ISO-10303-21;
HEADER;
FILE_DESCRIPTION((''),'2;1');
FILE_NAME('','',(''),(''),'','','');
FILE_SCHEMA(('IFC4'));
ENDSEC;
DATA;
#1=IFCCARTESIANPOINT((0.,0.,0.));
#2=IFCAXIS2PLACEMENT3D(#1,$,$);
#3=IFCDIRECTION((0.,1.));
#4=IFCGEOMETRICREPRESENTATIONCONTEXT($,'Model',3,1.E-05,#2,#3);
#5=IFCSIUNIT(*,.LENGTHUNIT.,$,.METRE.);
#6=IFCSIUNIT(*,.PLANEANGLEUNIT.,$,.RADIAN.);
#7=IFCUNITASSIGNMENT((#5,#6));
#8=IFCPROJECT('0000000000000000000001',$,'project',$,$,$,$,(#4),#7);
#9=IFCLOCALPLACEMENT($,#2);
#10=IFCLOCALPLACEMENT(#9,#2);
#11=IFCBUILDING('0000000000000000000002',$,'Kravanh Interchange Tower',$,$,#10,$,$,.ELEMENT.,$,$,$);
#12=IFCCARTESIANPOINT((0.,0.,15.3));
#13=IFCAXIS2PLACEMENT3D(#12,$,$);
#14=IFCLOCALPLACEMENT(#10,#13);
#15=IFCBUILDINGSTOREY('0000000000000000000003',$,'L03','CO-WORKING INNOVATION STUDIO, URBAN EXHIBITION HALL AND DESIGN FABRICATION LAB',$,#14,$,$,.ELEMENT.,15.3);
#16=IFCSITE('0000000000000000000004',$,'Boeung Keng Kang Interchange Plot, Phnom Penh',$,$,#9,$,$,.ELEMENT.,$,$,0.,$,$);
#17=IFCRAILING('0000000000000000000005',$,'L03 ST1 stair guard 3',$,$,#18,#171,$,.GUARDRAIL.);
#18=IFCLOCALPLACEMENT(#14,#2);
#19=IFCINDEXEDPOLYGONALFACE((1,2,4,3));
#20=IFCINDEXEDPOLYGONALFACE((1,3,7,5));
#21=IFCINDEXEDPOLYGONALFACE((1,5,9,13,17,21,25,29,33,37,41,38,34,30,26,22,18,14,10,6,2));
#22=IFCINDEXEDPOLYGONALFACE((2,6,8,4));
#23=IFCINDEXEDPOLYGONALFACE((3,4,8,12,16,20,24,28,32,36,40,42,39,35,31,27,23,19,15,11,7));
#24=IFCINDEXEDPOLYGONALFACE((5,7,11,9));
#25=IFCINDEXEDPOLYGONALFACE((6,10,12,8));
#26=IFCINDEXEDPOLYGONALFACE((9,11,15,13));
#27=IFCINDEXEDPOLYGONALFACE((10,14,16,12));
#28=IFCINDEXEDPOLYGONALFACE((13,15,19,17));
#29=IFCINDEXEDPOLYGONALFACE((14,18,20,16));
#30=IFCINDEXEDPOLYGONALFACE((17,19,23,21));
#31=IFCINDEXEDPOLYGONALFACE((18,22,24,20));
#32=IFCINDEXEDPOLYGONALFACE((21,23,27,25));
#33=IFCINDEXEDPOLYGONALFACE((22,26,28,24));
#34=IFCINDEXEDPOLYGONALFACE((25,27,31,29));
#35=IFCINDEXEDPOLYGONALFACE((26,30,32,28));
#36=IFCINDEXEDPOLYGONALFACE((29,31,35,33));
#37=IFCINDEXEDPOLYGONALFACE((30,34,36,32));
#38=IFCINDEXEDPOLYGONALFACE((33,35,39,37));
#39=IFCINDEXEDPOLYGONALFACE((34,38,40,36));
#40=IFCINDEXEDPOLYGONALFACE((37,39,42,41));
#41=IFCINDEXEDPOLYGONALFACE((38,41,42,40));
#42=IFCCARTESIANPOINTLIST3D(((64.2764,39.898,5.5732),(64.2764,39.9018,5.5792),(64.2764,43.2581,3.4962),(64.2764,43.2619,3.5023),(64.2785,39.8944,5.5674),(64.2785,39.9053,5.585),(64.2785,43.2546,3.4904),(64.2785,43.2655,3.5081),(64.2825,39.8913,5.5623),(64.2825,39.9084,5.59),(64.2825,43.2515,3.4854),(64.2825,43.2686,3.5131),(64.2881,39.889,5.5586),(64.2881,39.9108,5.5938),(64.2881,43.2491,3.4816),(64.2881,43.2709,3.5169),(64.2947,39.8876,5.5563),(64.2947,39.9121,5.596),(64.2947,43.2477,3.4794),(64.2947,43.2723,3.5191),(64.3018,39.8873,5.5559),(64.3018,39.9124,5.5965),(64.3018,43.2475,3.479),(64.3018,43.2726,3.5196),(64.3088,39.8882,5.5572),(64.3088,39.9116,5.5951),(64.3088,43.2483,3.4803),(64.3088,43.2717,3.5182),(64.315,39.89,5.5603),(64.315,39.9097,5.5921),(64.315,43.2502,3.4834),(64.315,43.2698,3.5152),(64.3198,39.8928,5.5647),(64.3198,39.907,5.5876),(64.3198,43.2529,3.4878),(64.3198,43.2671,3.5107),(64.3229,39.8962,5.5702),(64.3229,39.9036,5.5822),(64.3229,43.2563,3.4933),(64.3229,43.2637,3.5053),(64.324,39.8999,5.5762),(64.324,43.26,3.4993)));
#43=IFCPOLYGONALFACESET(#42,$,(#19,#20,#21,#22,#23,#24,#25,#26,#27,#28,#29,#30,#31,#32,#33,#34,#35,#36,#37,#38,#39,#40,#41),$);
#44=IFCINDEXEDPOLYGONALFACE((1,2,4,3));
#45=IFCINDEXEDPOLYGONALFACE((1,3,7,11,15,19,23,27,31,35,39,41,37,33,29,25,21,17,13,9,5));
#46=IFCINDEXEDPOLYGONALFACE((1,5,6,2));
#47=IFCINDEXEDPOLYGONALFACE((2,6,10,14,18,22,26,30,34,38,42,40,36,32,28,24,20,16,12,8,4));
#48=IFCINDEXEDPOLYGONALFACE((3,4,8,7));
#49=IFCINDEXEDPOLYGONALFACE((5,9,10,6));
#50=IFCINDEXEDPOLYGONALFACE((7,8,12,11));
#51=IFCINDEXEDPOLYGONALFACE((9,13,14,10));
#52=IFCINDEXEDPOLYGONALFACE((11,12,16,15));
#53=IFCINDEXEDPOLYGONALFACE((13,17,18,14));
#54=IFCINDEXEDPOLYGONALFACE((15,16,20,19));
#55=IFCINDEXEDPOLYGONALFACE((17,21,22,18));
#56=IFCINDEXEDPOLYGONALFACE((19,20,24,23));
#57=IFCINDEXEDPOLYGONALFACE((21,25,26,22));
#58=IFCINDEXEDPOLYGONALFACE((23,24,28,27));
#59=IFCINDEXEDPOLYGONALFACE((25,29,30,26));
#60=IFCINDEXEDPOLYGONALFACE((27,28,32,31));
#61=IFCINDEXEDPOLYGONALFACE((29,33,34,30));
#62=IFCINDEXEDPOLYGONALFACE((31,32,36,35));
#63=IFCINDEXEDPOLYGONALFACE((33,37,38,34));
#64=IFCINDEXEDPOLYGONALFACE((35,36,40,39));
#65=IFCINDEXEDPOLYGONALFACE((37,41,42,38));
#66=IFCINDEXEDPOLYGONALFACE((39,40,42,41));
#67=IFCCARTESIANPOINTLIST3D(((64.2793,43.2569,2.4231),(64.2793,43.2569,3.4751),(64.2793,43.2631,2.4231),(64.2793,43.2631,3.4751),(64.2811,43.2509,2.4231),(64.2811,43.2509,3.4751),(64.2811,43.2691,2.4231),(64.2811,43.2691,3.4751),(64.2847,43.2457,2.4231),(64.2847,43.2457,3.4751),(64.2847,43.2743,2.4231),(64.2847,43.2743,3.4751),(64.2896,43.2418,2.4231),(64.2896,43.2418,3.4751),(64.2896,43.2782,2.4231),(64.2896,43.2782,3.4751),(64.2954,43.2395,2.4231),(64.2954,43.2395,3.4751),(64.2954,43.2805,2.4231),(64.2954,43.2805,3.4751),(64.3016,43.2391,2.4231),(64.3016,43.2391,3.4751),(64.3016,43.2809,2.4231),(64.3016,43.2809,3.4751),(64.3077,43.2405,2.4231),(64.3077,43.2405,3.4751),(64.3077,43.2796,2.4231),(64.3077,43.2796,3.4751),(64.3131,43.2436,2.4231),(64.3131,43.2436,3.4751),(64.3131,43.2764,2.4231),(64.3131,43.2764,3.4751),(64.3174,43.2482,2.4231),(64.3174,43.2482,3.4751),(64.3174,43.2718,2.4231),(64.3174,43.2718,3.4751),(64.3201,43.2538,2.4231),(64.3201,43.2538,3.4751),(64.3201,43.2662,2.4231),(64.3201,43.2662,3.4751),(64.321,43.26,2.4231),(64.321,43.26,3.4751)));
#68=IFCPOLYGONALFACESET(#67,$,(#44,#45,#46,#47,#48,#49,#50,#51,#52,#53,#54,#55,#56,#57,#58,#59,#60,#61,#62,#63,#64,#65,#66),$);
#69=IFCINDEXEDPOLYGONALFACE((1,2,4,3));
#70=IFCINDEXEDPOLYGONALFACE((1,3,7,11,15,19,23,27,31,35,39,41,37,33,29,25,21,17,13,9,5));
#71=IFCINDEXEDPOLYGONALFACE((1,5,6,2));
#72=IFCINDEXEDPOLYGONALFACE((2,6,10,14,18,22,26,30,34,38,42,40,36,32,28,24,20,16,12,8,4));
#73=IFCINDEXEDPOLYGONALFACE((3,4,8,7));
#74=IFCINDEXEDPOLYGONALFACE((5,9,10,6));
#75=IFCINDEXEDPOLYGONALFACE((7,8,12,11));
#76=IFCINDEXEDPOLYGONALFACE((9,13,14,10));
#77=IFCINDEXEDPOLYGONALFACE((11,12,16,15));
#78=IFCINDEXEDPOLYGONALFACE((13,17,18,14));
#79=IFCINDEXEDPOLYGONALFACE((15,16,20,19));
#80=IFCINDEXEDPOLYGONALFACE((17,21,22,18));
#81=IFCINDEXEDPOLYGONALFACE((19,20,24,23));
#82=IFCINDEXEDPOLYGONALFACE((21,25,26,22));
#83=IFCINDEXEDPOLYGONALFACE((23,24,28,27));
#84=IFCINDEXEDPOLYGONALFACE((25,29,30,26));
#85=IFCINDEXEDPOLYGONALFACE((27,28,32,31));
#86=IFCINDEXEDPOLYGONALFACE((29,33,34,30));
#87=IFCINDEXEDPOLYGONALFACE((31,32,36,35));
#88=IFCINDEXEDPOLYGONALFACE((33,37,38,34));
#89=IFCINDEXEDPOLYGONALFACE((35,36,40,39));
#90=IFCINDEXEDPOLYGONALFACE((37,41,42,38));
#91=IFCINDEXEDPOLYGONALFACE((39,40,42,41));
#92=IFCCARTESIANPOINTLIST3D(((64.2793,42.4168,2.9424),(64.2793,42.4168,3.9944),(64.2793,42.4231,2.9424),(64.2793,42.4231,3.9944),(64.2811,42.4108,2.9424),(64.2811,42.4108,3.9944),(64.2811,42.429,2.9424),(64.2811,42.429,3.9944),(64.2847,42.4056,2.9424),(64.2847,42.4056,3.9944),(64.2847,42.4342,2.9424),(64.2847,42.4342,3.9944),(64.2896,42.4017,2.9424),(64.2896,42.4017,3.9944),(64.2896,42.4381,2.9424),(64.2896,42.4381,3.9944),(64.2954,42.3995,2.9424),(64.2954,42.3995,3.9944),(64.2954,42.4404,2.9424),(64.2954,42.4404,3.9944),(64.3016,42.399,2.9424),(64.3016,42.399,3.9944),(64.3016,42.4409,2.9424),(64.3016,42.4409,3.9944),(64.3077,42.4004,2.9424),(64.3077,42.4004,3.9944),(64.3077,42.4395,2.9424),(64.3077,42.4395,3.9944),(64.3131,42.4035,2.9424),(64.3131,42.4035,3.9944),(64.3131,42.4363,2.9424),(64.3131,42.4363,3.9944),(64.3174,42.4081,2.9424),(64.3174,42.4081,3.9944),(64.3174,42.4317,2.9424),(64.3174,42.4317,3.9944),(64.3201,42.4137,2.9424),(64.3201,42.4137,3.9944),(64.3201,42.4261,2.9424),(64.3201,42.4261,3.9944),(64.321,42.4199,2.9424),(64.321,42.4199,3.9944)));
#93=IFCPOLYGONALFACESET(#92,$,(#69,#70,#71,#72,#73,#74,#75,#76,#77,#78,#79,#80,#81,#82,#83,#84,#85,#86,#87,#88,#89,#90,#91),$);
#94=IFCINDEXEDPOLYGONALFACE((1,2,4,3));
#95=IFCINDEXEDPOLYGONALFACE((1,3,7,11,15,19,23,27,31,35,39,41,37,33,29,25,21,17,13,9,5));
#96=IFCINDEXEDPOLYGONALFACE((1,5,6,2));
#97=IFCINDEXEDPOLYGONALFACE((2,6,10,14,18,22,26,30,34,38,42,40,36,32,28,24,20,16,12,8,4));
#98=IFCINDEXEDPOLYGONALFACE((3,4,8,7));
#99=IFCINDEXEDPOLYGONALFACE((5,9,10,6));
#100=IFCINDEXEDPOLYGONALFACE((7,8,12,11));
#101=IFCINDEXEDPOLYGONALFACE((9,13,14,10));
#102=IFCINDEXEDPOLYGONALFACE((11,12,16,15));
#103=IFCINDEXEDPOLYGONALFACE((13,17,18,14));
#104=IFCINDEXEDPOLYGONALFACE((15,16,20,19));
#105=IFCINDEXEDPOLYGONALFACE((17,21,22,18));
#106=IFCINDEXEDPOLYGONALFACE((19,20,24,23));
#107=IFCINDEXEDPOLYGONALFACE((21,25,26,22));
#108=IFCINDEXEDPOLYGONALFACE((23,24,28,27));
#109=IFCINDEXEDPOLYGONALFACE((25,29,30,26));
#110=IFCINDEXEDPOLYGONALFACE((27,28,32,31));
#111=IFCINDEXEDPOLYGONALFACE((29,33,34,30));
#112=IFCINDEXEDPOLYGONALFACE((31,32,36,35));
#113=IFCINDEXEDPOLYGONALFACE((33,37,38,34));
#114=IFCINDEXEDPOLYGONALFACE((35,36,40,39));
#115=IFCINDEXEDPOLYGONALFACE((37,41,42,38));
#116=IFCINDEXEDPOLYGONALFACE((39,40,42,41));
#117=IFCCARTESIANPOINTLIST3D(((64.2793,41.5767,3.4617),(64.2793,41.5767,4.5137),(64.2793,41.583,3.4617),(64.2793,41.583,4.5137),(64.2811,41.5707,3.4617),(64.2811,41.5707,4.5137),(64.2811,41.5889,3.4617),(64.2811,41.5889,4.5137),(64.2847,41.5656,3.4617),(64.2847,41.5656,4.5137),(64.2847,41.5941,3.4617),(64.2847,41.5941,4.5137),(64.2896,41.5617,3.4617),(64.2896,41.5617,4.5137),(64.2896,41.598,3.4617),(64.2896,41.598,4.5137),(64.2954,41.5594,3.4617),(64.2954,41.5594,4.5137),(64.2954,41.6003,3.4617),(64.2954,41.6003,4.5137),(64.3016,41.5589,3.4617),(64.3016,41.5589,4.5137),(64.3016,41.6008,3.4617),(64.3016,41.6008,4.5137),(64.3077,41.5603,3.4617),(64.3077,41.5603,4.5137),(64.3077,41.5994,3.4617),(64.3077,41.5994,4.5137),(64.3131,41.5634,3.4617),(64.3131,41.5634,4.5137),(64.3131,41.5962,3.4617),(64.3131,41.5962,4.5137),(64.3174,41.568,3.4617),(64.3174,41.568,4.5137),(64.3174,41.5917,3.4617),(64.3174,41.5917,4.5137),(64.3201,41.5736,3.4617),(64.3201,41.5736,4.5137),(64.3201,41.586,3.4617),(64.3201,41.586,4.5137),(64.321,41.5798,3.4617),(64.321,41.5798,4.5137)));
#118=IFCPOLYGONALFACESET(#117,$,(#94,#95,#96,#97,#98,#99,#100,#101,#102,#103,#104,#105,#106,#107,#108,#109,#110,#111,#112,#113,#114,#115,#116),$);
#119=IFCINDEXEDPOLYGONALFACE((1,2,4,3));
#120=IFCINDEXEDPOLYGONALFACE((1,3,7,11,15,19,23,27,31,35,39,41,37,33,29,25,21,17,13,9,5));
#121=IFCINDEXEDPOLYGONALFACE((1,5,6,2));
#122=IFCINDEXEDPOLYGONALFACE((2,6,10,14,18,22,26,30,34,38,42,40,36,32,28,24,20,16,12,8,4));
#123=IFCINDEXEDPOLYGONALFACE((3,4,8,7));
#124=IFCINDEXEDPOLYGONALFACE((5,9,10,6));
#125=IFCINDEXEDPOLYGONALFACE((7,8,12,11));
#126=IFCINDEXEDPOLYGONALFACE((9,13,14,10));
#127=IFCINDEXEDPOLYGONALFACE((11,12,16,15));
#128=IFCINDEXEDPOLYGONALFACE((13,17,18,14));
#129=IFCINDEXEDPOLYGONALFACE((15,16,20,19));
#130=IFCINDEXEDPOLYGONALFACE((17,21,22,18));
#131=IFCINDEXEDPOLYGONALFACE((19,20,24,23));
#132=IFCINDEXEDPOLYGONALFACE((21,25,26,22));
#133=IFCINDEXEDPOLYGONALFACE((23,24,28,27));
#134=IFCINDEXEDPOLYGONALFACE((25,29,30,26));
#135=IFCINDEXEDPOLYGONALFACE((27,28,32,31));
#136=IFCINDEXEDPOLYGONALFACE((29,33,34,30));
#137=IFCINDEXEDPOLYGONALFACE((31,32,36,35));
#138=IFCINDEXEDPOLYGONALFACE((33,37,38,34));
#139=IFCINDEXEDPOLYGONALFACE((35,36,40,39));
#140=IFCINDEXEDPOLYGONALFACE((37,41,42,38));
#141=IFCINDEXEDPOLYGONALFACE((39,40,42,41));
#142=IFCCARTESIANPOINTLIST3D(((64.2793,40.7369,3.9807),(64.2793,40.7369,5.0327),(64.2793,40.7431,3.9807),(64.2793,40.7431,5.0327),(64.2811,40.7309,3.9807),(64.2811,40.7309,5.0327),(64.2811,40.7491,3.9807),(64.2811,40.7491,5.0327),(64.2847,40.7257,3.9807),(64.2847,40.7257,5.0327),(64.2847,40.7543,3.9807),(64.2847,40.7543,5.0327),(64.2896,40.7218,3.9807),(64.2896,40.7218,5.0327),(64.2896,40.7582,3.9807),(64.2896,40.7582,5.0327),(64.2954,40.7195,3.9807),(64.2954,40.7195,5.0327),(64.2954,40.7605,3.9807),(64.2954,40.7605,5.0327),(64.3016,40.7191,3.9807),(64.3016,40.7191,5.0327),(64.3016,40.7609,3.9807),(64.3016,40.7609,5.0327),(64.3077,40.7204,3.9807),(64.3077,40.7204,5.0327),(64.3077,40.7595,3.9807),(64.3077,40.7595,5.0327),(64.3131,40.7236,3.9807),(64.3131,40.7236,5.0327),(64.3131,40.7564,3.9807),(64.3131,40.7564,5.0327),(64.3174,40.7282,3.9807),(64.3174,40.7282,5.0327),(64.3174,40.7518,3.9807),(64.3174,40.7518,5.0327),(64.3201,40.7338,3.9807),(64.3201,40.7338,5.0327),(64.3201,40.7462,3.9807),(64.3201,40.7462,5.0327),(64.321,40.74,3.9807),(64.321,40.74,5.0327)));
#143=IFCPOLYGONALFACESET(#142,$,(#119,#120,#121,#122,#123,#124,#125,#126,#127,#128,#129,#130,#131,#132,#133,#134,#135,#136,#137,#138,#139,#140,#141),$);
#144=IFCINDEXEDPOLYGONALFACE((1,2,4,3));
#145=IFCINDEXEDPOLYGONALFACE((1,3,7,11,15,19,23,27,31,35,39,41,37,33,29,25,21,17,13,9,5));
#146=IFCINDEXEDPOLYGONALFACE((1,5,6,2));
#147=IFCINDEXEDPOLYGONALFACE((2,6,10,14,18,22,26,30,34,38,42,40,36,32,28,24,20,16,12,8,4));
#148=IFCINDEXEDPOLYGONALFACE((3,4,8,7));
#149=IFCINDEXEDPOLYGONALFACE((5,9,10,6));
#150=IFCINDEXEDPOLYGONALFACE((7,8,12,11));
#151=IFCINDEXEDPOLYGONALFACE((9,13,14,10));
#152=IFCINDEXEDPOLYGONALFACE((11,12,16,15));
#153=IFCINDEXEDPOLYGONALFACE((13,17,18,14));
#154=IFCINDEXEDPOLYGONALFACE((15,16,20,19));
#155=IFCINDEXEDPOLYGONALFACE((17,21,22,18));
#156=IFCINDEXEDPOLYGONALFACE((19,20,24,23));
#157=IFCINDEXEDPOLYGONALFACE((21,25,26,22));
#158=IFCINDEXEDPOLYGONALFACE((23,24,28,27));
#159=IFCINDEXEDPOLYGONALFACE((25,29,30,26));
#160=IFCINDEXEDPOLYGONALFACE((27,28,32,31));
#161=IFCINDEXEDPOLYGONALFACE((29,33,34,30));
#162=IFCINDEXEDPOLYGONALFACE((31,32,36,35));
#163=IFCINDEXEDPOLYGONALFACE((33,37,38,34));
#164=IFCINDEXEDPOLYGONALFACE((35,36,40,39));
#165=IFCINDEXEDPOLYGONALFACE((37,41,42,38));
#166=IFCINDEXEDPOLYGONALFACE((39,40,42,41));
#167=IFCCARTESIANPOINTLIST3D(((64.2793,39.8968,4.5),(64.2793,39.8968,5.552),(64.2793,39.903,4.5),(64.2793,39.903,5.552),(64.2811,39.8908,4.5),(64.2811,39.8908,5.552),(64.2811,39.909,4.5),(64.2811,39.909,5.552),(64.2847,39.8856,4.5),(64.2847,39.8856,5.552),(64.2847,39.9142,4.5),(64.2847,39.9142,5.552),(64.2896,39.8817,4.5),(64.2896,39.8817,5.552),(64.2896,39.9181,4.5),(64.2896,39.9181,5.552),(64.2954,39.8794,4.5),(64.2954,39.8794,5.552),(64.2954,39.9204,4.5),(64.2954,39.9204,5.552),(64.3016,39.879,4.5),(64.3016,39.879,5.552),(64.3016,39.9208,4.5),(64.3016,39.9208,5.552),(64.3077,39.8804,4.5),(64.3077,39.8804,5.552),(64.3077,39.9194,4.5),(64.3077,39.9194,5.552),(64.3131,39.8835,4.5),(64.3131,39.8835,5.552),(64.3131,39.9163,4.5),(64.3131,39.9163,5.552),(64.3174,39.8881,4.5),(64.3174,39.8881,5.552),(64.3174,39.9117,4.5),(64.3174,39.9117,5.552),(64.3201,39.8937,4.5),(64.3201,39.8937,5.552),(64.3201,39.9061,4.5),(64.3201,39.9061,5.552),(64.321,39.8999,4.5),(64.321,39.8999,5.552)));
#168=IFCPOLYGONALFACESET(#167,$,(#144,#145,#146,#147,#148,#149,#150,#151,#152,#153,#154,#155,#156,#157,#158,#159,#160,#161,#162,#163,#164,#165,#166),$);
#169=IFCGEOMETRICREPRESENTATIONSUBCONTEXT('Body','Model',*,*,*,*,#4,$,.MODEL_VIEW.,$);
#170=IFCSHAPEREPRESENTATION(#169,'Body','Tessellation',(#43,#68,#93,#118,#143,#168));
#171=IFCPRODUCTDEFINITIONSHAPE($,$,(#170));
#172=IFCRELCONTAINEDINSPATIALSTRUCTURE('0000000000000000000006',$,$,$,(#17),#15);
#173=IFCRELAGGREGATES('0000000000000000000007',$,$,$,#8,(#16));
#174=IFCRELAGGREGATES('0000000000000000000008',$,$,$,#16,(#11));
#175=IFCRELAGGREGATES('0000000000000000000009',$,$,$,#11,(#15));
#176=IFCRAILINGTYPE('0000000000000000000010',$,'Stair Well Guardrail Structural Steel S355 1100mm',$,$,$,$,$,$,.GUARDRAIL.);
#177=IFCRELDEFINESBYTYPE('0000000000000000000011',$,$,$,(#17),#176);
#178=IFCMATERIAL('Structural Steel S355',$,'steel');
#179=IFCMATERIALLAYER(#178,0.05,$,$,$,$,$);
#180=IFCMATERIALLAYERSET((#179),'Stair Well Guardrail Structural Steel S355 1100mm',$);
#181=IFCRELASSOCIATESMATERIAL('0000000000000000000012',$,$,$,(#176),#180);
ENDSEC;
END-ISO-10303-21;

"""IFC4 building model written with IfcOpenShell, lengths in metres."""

from ifc_helpers import new_model, si_unit, direction, frame, origin, origin_2d, place, context, subcontext, project, spatial, circle, extrude, material, layer, layer_set, type_object, element, save


model = new_model("IFC4")

# Units and contexts
model_context = context("Model", 3, precision=1e-05, world=origin(), true_north=direction((0.0, 1.0)))
body_context = subcontext(model_context, "Body", "Model", "MODEL_VIEW")
ifc_project = project(units=[si_unit("LENGTHUNIT", "METRE"), si_unit("PLANEANGLEUNIT", "RADIAN")], contexts=[model_context])

# Site, building, storey
site_placement = place(None, origin())
site = spatial("IfcSite", under=ifc_project, at=site_placement, Name="Boeung Keng Kang Interchange Plot, Phnom Penh", CompositionType="ELEMENT", RefElevation=0.0)
building_placement = place(site_placement, origin())
building = spatial("IfcBuilding", under=site, at=building_placement, Name="Kravanh Interchange Tower", CompositionType="ELEMENT")
storey_placement = place(building_placement, frame((0.0, 0.0, 15.3)))
storey = spatial("IfcBuildingStorey", under=building, at=storey_placement, Name="L03", Description="CO-WORKING INNOVATION STUDIO, URBAN EXHIBITION HALL AND DESIGN FABRICATION LAB", CompositionType="ELEMENT", Elevation=15.3)

# Railing
ifc_material_1 = material(Name="Structural Steel S355", Category="steel")
ifc_layer_1 = layer(ifc_material_1, 0.05)
ifc_layer_set_1 = layer_set([ifc_layer_1], Name="Stair Well Guardrail Structural Steel S355 1100mm")
railing_type_1 = type_object("IfcRailingType", Name="Stair Well Guardrail Structural Steel S355 1100mm", PredefinedType="GUARDRAIL", material=ifc_layer_set_1)
railing_1_placement = place(storey_placement, frame((64.3, 43.26, 2.4231)))
element("IfcRailing", 1, at=railing_1_placement, inside=storey, type_object=railing_type_1, Name="L03 ST1 stair guard 3", PredefinedType="GUARDRAIL", context=body_context, shape_type="SweptSolid", body=[
    extrude(circle(Radius=0.0239, at=origin_2d()), frame((0.0, 0.0, 1.0762), z_axis=(0.0, -0.850623, 0.525776), x_axis=(1.0, 0.0, 0.0)), (0.0, 0.0, 1.0), 3.9502),
    extrude(circle(Radius=0.021, at=origin_2d()), origin(), (0.0, 0.0, 1.0), 1.052),
    extrude(circle(Radius=0.021, at=origin_2d()), frame((0.0, -0.8401, 0.5193)), (0.0, 0.0, 1.0), 1.052),
    extrude(circle(Radius=0.021, at=origin_2d()), frame((0.0, -1.6802, 1.0386)), (0.0, 0.0, 1.0), 1.052),
    extrude(circle(Radius=0.021, at=origin_2d()), frame((0.0, -2.52, 1.5576)), (0.0, 0.0, 1.0), 1.052),
    extrude(circle(Radius=0.021, at=origin_2d()), frame((0.0, -3.3601, 2.0769)), (0.0, 0.0, 1.0), 1.052),
])

save(model, "model.ifc")
